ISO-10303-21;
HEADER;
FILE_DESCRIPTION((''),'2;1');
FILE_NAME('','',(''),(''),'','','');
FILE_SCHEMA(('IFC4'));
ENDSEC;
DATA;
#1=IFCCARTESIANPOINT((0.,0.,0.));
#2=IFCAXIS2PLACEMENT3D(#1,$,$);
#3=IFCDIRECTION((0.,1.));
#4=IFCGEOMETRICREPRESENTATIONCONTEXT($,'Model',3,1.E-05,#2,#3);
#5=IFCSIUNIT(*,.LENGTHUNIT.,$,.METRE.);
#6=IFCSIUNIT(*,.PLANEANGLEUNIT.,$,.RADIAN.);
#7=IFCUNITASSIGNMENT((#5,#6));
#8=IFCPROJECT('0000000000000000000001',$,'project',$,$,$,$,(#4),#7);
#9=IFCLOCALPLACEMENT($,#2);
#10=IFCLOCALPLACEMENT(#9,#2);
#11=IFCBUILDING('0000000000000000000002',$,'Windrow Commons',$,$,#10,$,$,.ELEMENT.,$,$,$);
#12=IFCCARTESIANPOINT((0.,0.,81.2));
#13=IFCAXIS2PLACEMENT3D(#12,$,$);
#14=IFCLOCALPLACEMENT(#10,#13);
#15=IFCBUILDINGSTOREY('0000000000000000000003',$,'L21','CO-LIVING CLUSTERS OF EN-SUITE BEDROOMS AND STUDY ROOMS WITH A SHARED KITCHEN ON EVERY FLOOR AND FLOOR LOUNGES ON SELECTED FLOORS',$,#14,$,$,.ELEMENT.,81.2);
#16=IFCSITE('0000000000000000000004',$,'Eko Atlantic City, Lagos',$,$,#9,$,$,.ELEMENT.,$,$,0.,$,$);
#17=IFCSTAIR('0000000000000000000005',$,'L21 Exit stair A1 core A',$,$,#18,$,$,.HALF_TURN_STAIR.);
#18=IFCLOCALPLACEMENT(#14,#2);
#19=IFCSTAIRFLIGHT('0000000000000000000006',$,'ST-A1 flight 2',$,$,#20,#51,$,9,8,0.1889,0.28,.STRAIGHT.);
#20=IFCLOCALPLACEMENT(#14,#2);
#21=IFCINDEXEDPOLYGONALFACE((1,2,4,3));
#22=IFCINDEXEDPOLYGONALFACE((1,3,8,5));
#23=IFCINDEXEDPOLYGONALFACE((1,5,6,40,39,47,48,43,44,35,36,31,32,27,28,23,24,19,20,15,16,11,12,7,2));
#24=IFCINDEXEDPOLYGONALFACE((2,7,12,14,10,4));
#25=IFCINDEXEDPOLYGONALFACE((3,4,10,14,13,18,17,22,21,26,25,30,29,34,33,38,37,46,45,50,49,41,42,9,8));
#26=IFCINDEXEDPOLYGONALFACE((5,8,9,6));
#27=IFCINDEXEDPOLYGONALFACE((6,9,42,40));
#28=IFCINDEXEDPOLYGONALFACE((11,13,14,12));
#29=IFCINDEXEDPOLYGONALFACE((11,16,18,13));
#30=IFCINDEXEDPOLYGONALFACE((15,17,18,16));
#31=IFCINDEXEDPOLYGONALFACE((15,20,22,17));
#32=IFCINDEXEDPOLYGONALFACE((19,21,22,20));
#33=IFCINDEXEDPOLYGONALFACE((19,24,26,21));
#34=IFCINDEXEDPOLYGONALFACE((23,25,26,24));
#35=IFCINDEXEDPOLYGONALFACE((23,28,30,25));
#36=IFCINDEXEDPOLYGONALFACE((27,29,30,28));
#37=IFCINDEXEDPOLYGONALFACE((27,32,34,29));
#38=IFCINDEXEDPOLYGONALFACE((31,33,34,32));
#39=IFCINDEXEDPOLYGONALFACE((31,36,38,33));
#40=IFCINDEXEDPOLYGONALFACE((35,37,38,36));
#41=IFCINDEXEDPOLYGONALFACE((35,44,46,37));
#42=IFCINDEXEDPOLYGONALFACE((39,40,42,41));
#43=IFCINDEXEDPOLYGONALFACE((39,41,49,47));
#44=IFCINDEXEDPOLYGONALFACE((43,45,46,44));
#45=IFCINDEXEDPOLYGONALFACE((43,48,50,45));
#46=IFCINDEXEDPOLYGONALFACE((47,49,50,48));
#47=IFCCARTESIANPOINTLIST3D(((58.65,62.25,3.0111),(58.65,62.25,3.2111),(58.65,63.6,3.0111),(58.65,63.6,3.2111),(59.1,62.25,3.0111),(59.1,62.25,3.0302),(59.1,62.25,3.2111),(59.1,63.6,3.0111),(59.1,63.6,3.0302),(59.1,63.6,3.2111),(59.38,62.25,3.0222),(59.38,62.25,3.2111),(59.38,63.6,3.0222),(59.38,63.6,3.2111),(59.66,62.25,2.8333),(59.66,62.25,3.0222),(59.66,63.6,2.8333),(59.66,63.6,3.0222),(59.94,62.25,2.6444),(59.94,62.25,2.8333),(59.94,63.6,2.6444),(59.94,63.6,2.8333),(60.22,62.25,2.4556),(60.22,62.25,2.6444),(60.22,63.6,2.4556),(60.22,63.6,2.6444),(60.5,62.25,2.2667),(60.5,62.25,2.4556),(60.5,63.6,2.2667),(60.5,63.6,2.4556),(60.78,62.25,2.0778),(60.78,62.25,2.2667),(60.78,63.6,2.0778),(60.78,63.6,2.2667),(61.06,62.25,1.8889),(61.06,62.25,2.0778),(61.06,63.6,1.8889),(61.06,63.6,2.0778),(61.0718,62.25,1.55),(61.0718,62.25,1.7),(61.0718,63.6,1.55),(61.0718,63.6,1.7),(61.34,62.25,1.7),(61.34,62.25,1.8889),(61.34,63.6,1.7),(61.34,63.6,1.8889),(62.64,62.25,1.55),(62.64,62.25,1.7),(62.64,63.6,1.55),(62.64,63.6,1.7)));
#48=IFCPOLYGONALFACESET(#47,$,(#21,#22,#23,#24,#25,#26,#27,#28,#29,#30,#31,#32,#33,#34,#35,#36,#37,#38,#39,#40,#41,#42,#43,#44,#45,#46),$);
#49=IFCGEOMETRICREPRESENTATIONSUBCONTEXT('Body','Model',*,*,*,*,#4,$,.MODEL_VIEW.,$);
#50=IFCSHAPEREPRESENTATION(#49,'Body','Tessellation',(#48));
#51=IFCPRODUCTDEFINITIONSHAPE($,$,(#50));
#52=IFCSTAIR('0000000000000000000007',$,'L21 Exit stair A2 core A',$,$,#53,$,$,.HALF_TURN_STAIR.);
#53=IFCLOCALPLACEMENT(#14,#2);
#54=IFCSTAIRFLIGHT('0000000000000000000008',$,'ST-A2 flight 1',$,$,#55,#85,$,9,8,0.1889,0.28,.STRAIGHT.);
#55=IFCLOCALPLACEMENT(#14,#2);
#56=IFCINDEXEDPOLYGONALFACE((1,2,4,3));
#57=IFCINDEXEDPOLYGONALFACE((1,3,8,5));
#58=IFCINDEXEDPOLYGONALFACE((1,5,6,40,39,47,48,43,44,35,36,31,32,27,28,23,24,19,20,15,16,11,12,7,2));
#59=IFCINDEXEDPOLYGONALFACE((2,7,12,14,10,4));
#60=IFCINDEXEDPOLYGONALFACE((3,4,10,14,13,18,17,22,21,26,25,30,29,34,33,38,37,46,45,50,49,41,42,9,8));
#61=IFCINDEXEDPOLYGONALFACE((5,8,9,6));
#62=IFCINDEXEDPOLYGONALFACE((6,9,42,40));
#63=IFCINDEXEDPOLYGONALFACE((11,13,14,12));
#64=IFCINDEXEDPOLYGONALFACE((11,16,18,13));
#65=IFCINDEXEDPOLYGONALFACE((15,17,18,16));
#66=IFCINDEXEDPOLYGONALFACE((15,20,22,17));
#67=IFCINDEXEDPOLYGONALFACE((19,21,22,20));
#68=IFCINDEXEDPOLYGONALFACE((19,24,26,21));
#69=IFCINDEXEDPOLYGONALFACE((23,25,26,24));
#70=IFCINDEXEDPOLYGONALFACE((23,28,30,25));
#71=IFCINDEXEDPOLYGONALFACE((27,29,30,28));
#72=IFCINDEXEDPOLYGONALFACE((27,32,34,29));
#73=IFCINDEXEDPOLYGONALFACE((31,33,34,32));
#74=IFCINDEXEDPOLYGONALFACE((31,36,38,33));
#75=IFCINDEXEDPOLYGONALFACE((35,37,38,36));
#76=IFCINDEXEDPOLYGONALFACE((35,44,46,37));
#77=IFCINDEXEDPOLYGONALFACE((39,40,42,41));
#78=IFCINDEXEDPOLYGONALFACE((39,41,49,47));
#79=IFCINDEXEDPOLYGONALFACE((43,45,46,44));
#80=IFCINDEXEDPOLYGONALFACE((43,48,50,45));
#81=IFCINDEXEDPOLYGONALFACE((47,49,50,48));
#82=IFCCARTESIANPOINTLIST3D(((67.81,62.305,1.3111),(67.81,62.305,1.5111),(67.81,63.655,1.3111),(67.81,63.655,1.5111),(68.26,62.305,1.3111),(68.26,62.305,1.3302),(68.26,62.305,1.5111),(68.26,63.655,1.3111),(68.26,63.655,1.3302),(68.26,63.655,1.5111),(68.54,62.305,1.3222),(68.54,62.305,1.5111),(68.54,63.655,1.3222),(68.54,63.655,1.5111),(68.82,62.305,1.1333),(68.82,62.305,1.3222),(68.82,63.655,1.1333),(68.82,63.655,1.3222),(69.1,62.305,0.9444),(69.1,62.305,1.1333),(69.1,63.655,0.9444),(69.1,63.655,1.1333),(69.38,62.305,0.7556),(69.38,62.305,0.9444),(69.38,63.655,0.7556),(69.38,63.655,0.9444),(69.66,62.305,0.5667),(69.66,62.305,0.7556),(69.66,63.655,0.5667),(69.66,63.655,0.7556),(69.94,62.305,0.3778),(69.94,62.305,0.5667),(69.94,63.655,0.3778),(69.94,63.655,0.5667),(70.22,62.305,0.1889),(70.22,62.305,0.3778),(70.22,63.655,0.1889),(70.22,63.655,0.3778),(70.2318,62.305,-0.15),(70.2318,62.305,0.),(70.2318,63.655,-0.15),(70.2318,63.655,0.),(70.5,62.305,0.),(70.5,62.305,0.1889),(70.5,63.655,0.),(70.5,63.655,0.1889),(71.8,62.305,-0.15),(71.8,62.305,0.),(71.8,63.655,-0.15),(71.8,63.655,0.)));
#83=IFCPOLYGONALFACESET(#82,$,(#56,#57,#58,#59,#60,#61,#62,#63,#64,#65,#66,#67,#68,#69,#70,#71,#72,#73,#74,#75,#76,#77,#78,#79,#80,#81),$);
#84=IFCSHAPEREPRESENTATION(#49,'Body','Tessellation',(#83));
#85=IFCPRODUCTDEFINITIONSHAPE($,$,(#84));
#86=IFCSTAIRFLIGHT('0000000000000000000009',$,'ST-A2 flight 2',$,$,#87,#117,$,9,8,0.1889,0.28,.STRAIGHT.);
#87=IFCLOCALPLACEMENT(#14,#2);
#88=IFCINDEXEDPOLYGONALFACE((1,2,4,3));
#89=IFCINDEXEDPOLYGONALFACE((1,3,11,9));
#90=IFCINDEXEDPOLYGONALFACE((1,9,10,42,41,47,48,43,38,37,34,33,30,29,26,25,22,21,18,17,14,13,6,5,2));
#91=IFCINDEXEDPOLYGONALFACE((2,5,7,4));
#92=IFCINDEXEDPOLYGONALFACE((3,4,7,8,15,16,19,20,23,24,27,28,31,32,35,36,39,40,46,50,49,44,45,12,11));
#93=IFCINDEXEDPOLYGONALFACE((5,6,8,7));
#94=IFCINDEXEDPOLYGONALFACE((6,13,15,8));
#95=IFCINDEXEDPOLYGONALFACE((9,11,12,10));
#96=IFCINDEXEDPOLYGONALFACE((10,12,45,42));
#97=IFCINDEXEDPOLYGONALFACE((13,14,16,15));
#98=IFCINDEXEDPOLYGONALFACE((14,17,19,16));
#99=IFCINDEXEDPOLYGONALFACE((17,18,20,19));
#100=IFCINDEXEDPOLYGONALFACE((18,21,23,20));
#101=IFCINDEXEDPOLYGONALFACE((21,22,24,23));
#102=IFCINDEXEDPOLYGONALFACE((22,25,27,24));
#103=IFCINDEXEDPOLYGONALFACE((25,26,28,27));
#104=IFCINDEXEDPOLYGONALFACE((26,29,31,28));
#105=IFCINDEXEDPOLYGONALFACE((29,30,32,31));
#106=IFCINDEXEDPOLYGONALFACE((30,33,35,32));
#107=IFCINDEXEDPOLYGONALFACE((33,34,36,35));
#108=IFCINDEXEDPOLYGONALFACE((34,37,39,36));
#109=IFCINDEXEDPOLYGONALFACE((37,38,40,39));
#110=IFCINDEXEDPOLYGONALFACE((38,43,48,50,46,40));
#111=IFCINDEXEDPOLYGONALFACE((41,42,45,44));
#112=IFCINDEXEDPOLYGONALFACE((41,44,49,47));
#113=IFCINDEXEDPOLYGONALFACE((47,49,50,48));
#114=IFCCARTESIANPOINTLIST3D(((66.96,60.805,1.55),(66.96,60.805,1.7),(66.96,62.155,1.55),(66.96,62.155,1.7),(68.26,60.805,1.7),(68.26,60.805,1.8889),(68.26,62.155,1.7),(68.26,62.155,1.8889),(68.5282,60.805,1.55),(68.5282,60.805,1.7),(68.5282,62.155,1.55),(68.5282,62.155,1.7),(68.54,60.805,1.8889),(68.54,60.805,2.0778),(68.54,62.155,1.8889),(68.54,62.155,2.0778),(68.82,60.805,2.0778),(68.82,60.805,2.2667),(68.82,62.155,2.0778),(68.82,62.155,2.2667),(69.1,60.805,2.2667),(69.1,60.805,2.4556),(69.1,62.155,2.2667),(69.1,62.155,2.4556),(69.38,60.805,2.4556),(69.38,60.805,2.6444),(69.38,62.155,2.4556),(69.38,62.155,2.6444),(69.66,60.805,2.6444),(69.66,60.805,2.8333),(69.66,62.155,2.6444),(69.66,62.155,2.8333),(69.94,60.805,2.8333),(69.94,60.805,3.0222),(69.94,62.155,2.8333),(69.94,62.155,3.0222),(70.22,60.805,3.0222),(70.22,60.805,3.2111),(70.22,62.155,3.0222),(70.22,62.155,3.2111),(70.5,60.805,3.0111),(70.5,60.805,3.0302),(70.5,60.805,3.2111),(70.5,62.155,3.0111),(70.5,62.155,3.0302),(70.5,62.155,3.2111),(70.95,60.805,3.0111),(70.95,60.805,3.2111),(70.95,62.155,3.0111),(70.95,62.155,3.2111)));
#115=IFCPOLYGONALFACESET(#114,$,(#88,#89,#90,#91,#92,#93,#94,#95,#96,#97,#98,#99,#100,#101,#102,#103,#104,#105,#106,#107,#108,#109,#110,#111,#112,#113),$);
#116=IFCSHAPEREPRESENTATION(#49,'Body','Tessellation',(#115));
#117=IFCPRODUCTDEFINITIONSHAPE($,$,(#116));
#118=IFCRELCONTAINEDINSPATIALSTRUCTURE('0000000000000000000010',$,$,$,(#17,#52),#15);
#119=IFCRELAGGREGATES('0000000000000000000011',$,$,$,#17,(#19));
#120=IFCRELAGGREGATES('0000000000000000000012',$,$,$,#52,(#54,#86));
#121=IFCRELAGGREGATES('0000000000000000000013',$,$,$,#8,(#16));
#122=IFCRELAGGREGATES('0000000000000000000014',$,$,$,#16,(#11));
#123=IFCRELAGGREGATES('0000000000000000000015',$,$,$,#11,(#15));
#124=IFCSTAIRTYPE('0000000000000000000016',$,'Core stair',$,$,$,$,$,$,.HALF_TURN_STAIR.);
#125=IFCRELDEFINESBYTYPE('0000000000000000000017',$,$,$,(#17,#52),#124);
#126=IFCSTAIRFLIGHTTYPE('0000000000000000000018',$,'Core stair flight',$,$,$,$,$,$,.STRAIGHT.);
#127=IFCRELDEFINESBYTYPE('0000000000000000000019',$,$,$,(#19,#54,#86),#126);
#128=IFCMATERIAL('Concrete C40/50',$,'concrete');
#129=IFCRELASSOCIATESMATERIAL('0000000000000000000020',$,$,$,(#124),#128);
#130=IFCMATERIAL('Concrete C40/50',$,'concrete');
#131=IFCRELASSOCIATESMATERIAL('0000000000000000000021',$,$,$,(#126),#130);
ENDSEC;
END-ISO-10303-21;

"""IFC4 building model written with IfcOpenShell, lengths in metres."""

from ifc_helpers import new_model, si_unit, direction, frame, origin, place, context, subcontext, project, spatial, polyline, outline, extrude, material, type_object, element, aggregate, save


model = new_model("IFC4")

# Units and contexts
model_context = context("Model", 3, precision=1e-05, world=origin(), true_north=direction((0.0, 1.0)))
body_context = subcontext(model_context, "Body", "Model", "MODEL_VIEW")
ifc_project = project(units=[si_unit("LENGTHUNIT", "METRE"), si_unit("PLANEANGLEUNIT", "RADIAN")], contexts=[model_context])

# Site, building, storey
site_placement = place(None, origin())
site = spatial("IfcSite", under=ifc_project, at=site_placement, Name="Eko Atlantic City, Lagos", CompositionType="ELEMENT", RefElevation=0.0)
building_placement = place(site_placement, origin())
building = spatial("IfcBuilding", under=site, at=building_placement, Name="Windrow Commons", CompositionType="ELEMENT")
storey_placement = place(building_placement, frame((0.0, 0.0, 81.2)))
storey = spatial("IfcBuildingStorey", under=building, at=storey_placement, Name="L21", Description="CO-LIVING CLUSTERS OF EN-SUITE BEDROOMS AND STUDY ROOMS WITH A SHARED KITCHEN ON EVERY FLOOR AND FLOOR LOUNGES ON SELECTED FLOORS", CompositionType="ELEMENT", Elevation=81.2)

# Stair, stair flight
ifc_material_1 = material(Name="Concrete C40/50", Category="concrete")
stair_type = type_object("IfcStairType", Name="Core stair", PredefinedType="HALF_TURN_STAIR", material=ifc_material_1)
placement = place(storey_placement, origin())
stair_1 = element("IfcStair", 1, at=placement, inside=storey, type_object=stair_type, Name="L21 Exit stair A1 core A", PredefinedType="HALF_TURN_STAIR")
ifc_material_2 = material(Name="Concrete C40/50", Category="concrete")
stair_flight_type = type_object("IfcStairFlightType", Name="Core stair flight", PredefinedType="STRAIGHT", material=ifc_material_2)
stair_flight_1_placement = place(storey_placement, frame((61.34, 62.925, 1.7), z_axis=(0.0, 0.0, 1.0), x_axis=(-1.0, 0.0, 0.0)))
stair_flight_1 = element("IfcStairFlight", 2, at=stair_flight_1_placement, type_object=stair_flight_type, Name="ST-A1 flight 2", NumberOfRisers=9, NumberOfTreads=8, PredefinedType="STRAIGHT", RiserHeight=0.1889, TreadLength=0.28, context=body_context, shape_type="SweptSolid", body=[
    extrude(outline(polyline([(-1.3, -0.15), (-1.3, 0.0), (0.0, 0.0), (0.0, 0.1889), (0.28, 0.1889), (0.28, 0.3778), (0.56, 0.3778), (0.56, 0.5667), (0.84, 0.5667), (0.84, 0.7556), (1.12, 0.7556), (1.12, 0.9444), (1.4, 0.9444), (1.4, 1.1333), (1.68, 1.1333), (1.68, 1.3222), (1.96, 1.3222), (1.96, 1.5111), (2.24, 1.5111), (2.69, 1.5111), (2.69, 1.3111), (2.24, 1.3111), (2.24, 1.3302), (0.2682, 0.0), (0.2682, -0.15), (-1.3, -0.15)])), frame((0.0, 0.675, 0.0), z_axis=(0.0, -1.0, 0.0), x_axis=(1.0, 0.0, 0.0)), (0.0, 0.0, 1.0), 1.35),
])
aggregate(stair_1, [stair_flight_1])

# Stair, stair flights
stair_2 = element("IfcStair", 3, at=placement, inside=storey, type_object=stair_type, Name="L21 Exit stair A2 core A", PredefinedType="HALF_TURN_STAIR")
stair_flight_2_placement = place(storey_placement, frame((70.5, 62.98, 0.0), z_axis=(0.0, 0.0, 1.0), x_axis=(-1.0, 0.0, 0.0)))
stair_flight_2 = element("IfcStairFlight", 4, at=stair_flight_2_placement, type_object=stair_flight_type, Name="ST-A2 flight 1", NumberOfRisers=9, NumberOfTreads=8, PredefinedType="STRAIGHT", RiserHeight=0.1889, TreadLength=0.28, context=body_context, shape_type="SweptSolid", body=[
    extrude(outline(polyline([(-1.3, -0.15), (-1.3, 0.0), (0.0, 0.0), (0.0, 0.1889), (0.28, 0.1889), (0.28, 0.3778), (0.56, 0.3778), (0.56, 0.5667), (0.84, 0.5667), (0.84, 0.7556), (1.12, 0.7556), (1.12, 0.9444), (1.4, 0.9444), (1.4, 1.1333), (1.68, 1.1333), (1.68, 1.3222), (1.96, 1.3222), (1.96, 1.5111), (2.24, 1.5111), (2.69, 1.5111), (2.69, 1.3111), (2.24, 1.3111), (2.24, 1.3302), (0.2682, 0.0), (0.2682, -0.15), (-1.3, -0.15)])), frame((0.0, 0.675, 0.0), z_axis=(0.0, -1.0, 0.0), x_axis=(1.0, 0.0, 0.0)), (0.0, 0.0, 1.0), 1.35),
])
stair_flight_3_placement = place(storey_placement, frame((68.26, 61.48, 1.7), z_axis=(0.0, 0.0, 1.0), x_axis=(1.0, 0.0, 0.0)))
stair_flight_3 = element("IfcStairFlight", 5, at=stair_flight_3_placement, type_object=stair_flight_type, Name="ST-A2 flight 2", NumberOfRisers=9, NumberOfTreads=8, PredefinedType="STRAIGHT", RiserHeight=0.1889, TreadLength=0.28, context=body_context, shape_type="SweptSolid", body=[
    extrude(outline(polyline([(-1.3, -0.15), (-1.3, 0.0), (0.0, 0.0), (0.0, 0.1889), (0.28, 0.1889), (0.28, 0.3778), (0.56, 0.3778), (0.56, 0.5667), (0.84, 0.5667), (0.84, 0.7556), (1.12, 0.7556), (1.12, 0.9444), (1.4, 0.9444), (1.4, 1.1333), (1.68, 1.1333), (1.68, 1.3222), (1.96, 1.3222), (1.96, 1.5111), (2.24, 1.5111), (2.69, 1.5111), (2.69, 1.3111), (2.24, 1.3111), (2.24, 1.3302), (0.2682, 0.0), (0.2682, -0.15), (-1.3, -0.15)])), frame((0.0, 0.675, 0.0), z_axis=(0.0, -1.0, 0.0), x_axis=(1.0, 0.0, 0.0)), (0.0, 0.0, 1.0), 1.35),
])
aggregate(stair_2, [stair_flight_2, stair_flight_3])

save(model, "model.ifc")
